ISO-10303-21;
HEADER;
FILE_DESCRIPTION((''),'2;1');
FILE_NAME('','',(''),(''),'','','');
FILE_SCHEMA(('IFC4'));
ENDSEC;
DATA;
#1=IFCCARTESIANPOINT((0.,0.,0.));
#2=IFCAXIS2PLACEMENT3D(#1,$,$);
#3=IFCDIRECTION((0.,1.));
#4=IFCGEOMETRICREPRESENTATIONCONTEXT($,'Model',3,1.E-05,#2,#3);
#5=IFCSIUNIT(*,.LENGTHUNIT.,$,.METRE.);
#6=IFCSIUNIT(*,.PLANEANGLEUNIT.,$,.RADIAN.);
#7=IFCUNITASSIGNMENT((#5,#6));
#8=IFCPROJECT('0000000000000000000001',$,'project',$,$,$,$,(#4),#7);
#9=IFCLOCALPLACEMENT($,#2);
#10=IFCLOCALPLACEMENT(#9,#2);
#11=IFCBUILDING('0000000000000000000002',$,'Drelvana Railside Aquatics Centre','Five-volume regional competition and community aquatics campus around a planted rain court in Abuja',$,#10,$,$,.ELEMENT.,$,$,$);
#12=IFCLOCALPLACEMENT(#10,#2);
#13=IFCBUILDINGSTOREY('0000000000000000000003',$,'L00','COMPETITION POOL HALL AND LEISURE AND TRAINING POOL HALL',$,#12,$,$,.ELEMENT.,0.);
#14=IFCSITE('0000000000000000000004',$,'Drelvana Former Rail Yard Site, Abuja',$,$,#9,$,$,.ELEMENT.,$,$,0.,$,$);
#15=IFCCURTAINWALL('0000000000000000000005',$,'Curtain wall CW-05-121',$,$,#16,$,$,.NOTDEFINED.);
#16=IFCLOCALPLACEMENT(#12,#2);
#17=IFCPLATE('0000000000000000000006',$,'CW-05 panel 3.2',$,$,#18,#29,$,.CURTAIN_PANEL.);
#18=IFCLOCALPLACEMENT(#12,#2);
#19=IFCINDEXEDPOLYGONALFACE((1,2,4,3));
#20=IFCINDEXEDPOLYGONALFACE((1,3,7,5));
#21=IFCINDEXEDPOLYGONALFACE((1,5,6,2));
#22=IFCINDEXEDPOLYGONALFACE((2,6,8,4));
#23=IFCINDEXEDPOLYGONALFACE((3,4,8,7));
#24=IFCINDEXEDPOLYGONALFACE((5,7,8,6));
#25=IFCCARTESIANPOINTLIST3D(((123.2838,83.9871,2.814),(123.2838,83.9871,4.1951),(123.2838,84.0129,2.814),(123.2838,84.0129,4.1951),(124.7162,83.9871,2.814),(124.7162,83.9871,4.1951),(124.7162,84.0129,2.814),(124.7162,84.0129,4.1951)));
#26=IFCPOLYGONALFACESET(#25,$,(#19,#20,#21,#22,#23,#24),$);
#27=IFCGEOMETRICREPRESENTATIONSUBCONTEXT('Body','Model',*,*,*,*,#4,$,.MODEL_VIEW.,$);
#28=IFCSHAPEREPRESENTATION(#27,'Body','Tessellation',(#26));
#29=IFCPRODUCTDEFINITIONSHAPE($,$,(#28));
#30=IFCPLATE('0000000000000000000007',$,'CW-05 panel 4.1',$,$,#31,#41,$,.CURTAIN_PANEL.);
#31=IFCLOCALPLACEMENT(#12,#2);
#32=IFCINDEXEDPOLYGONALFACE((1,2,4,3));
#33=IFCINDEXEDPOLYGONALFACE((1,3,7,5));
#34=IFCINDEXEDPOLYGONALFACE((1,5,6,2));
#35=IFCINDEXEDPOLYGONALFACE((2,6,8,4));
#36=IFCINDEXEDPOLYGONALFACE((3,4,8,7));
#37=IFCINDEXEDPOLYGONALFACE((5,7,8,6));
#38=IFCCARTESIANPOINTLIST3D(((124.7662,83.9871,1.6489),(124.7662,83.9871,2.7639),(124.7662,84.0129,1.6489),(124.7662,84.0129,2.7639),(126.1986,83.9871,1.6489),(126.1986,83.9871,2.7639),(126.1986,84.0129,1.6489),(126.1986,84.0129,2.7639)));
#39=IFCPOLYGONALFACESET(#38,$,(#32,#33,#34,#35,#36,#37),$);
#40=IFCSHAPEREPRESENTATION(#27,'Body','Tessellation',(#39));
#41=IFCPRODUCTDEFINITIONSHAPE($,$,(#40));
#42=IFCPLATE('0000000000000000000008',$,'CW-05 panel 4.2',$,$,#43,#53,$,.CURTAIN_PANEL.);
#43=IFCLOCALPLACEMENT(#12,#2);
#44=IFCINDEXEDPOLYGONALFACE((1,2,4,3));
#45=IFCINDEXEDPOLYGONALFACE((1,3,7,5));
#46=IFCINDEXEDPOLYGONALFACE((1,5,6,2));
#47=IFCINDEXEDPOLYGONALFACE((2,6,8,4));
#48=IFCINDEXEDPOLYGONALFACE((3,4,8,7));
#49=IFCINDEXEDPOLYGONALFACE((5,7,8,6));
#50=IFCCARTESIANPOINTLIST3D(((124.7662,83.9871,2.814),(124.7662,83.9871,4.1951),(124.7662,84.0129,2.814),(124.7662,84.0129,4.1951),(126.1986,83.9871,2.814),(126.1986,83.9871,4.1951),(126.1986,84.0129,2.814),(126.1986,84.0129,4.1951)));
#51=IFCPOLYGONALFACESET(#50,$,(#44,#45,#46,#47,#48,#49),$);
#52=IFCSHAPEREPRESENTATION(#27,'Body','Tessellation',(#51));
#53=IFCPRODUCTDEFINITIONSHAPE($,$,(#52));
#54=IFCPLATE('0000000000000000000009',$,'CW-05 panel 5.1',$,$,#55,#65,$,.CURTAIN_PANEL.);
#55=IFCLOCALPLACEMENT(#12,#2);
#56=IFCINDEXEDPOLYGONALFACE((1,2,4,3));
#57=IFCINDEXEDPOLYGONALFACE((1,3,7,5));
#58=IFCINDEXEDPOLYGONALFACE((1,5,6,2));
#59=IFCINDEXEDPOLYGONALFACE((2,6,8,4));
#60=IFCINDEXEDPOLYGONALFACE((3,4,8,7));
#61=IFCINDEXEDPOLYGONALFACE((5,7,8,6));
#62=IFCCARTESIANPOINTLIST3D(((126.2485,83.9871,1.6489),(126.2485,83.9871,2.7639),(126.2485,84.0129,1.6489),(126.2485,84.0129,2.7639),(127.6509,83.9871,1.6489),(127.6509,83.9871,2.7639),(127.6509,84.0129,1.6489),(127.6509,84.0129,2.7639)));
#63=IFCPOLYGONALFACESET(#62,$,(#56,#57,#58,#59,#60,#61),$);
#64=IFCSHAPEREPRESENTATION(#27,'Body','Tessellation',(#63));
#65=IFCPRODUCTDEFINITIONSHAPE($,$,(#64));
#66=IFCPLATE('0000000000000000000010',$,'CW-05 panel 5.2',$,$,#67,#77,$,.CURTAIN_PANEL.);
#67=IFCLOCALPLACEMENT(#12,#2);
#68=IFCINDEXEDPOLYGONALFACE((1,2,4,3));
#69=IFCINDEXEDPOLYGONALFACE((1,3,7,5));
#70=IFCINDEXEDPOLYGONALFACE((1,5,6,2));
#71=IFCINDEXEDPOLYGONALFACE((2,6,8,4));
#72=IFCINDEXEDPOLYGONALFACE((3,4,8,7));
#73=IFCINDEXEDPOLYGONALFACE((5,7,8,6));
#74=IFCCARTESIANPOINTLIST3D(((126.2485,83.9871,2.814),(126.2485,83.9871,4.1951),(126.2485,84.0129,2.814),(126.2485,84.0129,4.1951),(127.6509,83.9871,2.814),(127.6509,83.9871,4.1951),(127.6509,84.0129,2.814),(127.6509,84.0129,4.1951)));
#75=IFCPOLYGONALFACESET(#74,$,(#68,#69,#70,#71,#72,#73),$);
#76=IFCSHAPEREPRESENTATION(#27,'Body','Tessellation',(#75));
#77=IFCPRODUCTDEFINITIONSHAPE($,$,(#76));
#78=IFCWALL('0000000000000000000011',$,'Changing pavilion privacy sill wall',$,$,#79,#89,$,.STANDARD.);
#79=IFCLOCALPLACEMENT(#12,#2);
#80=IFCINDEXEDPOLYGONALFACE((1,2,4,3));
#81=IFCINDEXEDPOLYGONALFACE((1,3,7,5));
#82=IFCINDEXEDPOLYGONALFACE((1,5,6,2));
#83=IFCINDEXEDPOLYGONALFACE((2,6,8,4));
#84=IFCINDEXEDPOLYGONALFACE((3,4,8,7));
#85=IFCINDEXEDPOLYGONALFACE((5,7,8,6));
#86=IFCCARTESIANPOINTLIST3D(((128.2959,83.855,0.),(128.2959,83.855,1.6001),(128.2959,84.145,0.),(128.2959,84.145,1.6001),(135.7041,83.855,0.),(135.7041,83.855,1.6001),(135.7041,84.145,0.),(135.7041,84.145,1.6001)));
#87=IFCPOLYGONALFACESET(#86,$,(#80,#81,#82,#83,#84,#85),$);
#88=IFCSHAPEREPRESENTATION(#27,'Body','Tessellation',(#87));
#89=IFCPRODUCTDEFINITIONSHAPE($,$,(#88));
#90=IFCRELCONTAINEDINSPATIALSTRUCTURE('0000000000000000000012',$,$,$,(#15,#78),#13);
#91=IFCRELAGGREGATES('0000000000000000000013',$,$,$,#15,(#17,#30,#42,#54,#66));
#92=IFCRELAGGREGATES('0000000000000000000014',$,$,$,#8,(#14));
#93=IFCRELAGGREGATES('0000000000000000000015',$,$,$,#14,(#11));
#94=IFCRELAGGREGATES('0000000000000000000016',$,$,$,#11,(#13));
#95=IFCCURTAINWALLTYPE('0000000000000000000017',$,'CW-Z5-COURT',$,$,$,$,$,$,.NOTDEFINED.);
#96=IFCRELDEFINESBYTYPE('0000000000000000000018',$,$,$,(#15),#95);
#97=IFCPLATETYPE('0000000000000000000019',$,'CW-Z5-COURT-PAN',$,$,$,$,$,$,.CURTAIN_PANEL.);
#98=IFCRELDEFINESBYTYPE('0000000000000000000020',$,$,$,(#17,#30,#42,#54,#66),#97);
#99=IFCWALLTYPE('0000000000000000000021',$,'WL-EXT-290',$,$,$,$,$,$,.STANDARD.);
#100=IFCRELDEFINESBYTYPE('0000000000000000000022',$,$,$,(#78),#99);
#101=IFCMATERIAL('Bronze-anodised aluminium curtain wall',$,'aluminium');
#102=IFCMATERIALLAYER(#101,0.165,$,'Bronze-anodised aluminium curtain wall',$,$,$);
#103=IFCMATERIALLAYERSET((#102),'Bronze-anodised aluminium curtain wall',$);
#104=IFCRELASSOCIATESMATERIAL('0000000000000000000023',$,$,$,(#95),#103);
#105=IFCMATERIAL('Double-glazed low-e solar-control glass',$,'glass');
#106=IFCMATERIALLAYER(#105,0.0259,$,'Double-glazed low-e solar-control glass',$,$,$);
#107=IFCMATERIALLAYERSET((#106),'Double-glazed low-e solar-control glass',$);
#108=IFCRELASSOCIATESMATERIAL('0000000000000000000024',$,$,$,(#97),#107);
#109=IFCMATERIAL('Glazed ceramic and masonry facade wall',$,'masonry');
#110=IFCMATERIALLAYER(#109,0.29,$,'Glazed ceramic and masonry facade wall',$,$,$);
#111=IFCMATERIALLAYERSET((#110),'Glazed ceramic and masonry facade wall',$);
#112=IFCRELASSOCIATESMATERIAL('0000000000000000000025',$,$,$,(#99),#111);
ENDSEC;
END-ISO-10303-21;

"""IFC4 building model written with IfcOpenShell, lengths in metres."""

from ifc_helpers import new_model, si_unit, direction, frame, frame_2d, origin, origin_2d, place, context, subcontext, project, spatial, rectangle, extrude, material, layer, layer_set, type_object, element, aggregate, save


model = new_model("IFC4")

# Units and contexts
model_context = context("Model", 3, precision=1e-05, world=origin(), true_north=direction((0.0, 1.0)))
body_context = subcontext(model_context, "Body", "Model", "MODEL_VIEW")
ifc_project = project(units=[si_unit("LENGTHUNIT", "METRE"), si_unit("PLANEANGLEUNIT", "RADIAN")], contexts=[model_context])

# Site, building, storey
site_placement = place(None, origin())
site = spatial("IfcSite", under=ifc_project, at=site_placement, Name="Drelvana Former Rail Yard Site, Abuja", CompositionType="ELEMENT", RefElevation=0.0)
building_placement = place(site_placement, origin())
building = spatial("IfcBuilding", under=site, at=building_placement, Name="Drelvana Railside Aquatics Centre", Description="Five-volume regional competition and community aquatics campus around a planted rain court in Abuja", CompositionType="ELEMENT")
storey_placement = place(building_placement, origin())
storey = spatial("IfcBuildingStorey", under=building, at=storey_placement, Name="L00", Description="COMPETITION POOL HALL AND LEISURE AND TRAINING POOL HALL", CompositionType="ELEMENT", Elevation=0.0)

# Curtain wall
ifc_material_1 = material(Name="Bronze-anodised aluminium curtain wall", Category="aluminium")
ifc_layer_1 = layer(ifc_material_1, 0.165, Name="Bronze-anodised aluminium curtain wall")
ifc_layer_set_1 = layer_set([ifc_layer_1], Name="Bronze-anodised aluminium curtain wall")
curtain_wall_type = type_object("IfcCurtainWallType", Name="CW-Z5-COURT", PredefinedType="NOTDEFINED", material=ifc_layer_set_1)
curtain_wall_1_placement = place(storey_placement, origin())
curtain_wall_1 = element("IfcCurtainWall", 1, at=curtain_wall_1_placement, inside=storey, type_object=curtain_wall_type, Name="Curtain wall CW-05-121", PredefinedType="NOTDEFINED")

# Plates
ifc_material_2 = material(Name="Double-glazed low-e solar-control glass", Category="glass")
ifc_layer_2 = layer(ifc_material_2, 0.0259, Name="Double-glazed low-e solar-control glass")
ifc_layer_set_2 = layer_set([ifc_layer_2], Name="Double-glazed low-e solar-control glass")
plate_type = type_object("IfcPlateType", Name="CW-Z5-COURT-PAN", PredefinedType="CURTAIN_PANEL", material=ifc_layer_set_2)
plate_1_placement = place(storey_placement, frame((124.0, 84.0, 2.814), z_axis=(0.0, 0.0, 1.0), x_axis=(1.0, 0.0, 0.0)))
plate_1 = element("IfcPlate", 2, at=plate_1_placement, type_object=plate_type, Name="CW-05 panel 3.2", PredefinedType="CURTAIN_PANEL", context=body_context, shape_type="SweptSolid", body=[
    extrude(rectangle(XDim=1.4324, YDim=0.0259, at=origin_2d()), origin(), (0.0, 0.0, 1.0), 1.3811),
])
plate_2_placement = place(storey_placement, frame((125.4824, 84.0, 1.6489), z_axis=(0.0, 0.0, 1.0), x_axis=(1.0, 0.0, 0.0)))
plate_2 = element("IfcPlate", 3, at=plate_2_placement, type_object=plate_type, Name="CW-05 panel 4.1", PredefinedType="CURTAIN_PANEL", context=body_context, shape_type="SweptSolid", body=[
    extrude(rectangle(XDim=1.4324, YDim=0.0259, at=origin_2d()), origin(), (0.0, 0.0, 1.0), 1.115),
])
plate_3_placement = place(storey_placement, frame((125.4824, 84.0, 2.814), z_axis=(0.0, 0.0, 1.0), x_axis=(1.0, 0.0, 0.0)))
plate_3 = element("IfcPlate", 4, at=plate_3_placement, type_object=plate_type, Name="CW-05 panel 4.2", PredefinedType="CURTAIN_PANEL", context=body_context, shape_type="SweptSolid", body=[
    extrude(rectangle(XDim=1.4324, YDim=0.0259, at=origin_2d()), origin(), (0.0, 0.0, 1.0), 1.3811),
])
plate_4_placement = place(storey_placement, frame((126.9497, 84.0, 1.6489), z_axis=(0.0, 0.0, 1.0), x_axis=(1.0, 0.0, 0.0)))
plate_4 = element("IfcPlate", 5, at=plate_4_placement, type_object=plate_type, Name="CW-05 panel 5.1", PredefinedType="CURTAIN_PANEL", context=body_context, shape_type="SweptSolid", body=[
    extrude(rectangle(XDim=1.4023, YDim=0.0259, at=origin_2d()), origin(), (0.0, 0.0, 1.0), 1.115),
])
plate_5_placement = place(storey_placement, frame((126.9497, 84.0, 2.814), z_axis=(0.0, 0.0, 1.0), x_axis=(1.0, 0.0, 0.0)))
plate_5 = element("IfcPlate", 6, at=plate_5_placement, type_object=plate_type, Name="CW-05 panel 5.2", PredefinedType="CURTAIN_PANEL", context=body_context, shape_type="SweptSolid", body=[
    extrude(rectangle(XDim=1.4023, YDim=0.0259, at=origin_2d()), origin(), (0.0, 0.0, 1.0), 1.3811),
])
aggregate(curtain_wall_1, [plate_1, plate_2, plate_3, plate_4, plate_5])

# Wall
ifc_material_3 = material(Name="Glazed ceramic and masonry facade wall", Category="masonry")
ifc_layer_3 = layer(ifc_material_3, 0.29, Name="Glazed ceramic and masonry facade wall")
ifc_layer_set_3 = layer_set([ifc_layer_3], Name="Glazed ceramic and masonry facade wall")
wall_type = type_object("IfcWallType", Name="WL-EXT-290", PredefinedType="STANDARD", material=ifc_layer_set_3)
wall_placement = place(storey_placement, frame((128.2959, 84.0, 0.0), z_axis=(0.0, 0.0, 1.0), x_axis=(1.0, 0.0, 0.0)))
element("IfcWall", 7, at=wall_placement, inside=storey, type_object=wall_type, Name="Changing pavilion privacy sill wall", PredefinedType="STANDARD", context=body_context, shape_type="SweptSolid", body=[
    extrude(rectangle(XDim=7.4082, YDim=0.29, at=frame_2d((3.7041, 0.0))), origin(), (0.0, 0.0, 1.0), 1.6001),
])

save(model, "model.ifc")
